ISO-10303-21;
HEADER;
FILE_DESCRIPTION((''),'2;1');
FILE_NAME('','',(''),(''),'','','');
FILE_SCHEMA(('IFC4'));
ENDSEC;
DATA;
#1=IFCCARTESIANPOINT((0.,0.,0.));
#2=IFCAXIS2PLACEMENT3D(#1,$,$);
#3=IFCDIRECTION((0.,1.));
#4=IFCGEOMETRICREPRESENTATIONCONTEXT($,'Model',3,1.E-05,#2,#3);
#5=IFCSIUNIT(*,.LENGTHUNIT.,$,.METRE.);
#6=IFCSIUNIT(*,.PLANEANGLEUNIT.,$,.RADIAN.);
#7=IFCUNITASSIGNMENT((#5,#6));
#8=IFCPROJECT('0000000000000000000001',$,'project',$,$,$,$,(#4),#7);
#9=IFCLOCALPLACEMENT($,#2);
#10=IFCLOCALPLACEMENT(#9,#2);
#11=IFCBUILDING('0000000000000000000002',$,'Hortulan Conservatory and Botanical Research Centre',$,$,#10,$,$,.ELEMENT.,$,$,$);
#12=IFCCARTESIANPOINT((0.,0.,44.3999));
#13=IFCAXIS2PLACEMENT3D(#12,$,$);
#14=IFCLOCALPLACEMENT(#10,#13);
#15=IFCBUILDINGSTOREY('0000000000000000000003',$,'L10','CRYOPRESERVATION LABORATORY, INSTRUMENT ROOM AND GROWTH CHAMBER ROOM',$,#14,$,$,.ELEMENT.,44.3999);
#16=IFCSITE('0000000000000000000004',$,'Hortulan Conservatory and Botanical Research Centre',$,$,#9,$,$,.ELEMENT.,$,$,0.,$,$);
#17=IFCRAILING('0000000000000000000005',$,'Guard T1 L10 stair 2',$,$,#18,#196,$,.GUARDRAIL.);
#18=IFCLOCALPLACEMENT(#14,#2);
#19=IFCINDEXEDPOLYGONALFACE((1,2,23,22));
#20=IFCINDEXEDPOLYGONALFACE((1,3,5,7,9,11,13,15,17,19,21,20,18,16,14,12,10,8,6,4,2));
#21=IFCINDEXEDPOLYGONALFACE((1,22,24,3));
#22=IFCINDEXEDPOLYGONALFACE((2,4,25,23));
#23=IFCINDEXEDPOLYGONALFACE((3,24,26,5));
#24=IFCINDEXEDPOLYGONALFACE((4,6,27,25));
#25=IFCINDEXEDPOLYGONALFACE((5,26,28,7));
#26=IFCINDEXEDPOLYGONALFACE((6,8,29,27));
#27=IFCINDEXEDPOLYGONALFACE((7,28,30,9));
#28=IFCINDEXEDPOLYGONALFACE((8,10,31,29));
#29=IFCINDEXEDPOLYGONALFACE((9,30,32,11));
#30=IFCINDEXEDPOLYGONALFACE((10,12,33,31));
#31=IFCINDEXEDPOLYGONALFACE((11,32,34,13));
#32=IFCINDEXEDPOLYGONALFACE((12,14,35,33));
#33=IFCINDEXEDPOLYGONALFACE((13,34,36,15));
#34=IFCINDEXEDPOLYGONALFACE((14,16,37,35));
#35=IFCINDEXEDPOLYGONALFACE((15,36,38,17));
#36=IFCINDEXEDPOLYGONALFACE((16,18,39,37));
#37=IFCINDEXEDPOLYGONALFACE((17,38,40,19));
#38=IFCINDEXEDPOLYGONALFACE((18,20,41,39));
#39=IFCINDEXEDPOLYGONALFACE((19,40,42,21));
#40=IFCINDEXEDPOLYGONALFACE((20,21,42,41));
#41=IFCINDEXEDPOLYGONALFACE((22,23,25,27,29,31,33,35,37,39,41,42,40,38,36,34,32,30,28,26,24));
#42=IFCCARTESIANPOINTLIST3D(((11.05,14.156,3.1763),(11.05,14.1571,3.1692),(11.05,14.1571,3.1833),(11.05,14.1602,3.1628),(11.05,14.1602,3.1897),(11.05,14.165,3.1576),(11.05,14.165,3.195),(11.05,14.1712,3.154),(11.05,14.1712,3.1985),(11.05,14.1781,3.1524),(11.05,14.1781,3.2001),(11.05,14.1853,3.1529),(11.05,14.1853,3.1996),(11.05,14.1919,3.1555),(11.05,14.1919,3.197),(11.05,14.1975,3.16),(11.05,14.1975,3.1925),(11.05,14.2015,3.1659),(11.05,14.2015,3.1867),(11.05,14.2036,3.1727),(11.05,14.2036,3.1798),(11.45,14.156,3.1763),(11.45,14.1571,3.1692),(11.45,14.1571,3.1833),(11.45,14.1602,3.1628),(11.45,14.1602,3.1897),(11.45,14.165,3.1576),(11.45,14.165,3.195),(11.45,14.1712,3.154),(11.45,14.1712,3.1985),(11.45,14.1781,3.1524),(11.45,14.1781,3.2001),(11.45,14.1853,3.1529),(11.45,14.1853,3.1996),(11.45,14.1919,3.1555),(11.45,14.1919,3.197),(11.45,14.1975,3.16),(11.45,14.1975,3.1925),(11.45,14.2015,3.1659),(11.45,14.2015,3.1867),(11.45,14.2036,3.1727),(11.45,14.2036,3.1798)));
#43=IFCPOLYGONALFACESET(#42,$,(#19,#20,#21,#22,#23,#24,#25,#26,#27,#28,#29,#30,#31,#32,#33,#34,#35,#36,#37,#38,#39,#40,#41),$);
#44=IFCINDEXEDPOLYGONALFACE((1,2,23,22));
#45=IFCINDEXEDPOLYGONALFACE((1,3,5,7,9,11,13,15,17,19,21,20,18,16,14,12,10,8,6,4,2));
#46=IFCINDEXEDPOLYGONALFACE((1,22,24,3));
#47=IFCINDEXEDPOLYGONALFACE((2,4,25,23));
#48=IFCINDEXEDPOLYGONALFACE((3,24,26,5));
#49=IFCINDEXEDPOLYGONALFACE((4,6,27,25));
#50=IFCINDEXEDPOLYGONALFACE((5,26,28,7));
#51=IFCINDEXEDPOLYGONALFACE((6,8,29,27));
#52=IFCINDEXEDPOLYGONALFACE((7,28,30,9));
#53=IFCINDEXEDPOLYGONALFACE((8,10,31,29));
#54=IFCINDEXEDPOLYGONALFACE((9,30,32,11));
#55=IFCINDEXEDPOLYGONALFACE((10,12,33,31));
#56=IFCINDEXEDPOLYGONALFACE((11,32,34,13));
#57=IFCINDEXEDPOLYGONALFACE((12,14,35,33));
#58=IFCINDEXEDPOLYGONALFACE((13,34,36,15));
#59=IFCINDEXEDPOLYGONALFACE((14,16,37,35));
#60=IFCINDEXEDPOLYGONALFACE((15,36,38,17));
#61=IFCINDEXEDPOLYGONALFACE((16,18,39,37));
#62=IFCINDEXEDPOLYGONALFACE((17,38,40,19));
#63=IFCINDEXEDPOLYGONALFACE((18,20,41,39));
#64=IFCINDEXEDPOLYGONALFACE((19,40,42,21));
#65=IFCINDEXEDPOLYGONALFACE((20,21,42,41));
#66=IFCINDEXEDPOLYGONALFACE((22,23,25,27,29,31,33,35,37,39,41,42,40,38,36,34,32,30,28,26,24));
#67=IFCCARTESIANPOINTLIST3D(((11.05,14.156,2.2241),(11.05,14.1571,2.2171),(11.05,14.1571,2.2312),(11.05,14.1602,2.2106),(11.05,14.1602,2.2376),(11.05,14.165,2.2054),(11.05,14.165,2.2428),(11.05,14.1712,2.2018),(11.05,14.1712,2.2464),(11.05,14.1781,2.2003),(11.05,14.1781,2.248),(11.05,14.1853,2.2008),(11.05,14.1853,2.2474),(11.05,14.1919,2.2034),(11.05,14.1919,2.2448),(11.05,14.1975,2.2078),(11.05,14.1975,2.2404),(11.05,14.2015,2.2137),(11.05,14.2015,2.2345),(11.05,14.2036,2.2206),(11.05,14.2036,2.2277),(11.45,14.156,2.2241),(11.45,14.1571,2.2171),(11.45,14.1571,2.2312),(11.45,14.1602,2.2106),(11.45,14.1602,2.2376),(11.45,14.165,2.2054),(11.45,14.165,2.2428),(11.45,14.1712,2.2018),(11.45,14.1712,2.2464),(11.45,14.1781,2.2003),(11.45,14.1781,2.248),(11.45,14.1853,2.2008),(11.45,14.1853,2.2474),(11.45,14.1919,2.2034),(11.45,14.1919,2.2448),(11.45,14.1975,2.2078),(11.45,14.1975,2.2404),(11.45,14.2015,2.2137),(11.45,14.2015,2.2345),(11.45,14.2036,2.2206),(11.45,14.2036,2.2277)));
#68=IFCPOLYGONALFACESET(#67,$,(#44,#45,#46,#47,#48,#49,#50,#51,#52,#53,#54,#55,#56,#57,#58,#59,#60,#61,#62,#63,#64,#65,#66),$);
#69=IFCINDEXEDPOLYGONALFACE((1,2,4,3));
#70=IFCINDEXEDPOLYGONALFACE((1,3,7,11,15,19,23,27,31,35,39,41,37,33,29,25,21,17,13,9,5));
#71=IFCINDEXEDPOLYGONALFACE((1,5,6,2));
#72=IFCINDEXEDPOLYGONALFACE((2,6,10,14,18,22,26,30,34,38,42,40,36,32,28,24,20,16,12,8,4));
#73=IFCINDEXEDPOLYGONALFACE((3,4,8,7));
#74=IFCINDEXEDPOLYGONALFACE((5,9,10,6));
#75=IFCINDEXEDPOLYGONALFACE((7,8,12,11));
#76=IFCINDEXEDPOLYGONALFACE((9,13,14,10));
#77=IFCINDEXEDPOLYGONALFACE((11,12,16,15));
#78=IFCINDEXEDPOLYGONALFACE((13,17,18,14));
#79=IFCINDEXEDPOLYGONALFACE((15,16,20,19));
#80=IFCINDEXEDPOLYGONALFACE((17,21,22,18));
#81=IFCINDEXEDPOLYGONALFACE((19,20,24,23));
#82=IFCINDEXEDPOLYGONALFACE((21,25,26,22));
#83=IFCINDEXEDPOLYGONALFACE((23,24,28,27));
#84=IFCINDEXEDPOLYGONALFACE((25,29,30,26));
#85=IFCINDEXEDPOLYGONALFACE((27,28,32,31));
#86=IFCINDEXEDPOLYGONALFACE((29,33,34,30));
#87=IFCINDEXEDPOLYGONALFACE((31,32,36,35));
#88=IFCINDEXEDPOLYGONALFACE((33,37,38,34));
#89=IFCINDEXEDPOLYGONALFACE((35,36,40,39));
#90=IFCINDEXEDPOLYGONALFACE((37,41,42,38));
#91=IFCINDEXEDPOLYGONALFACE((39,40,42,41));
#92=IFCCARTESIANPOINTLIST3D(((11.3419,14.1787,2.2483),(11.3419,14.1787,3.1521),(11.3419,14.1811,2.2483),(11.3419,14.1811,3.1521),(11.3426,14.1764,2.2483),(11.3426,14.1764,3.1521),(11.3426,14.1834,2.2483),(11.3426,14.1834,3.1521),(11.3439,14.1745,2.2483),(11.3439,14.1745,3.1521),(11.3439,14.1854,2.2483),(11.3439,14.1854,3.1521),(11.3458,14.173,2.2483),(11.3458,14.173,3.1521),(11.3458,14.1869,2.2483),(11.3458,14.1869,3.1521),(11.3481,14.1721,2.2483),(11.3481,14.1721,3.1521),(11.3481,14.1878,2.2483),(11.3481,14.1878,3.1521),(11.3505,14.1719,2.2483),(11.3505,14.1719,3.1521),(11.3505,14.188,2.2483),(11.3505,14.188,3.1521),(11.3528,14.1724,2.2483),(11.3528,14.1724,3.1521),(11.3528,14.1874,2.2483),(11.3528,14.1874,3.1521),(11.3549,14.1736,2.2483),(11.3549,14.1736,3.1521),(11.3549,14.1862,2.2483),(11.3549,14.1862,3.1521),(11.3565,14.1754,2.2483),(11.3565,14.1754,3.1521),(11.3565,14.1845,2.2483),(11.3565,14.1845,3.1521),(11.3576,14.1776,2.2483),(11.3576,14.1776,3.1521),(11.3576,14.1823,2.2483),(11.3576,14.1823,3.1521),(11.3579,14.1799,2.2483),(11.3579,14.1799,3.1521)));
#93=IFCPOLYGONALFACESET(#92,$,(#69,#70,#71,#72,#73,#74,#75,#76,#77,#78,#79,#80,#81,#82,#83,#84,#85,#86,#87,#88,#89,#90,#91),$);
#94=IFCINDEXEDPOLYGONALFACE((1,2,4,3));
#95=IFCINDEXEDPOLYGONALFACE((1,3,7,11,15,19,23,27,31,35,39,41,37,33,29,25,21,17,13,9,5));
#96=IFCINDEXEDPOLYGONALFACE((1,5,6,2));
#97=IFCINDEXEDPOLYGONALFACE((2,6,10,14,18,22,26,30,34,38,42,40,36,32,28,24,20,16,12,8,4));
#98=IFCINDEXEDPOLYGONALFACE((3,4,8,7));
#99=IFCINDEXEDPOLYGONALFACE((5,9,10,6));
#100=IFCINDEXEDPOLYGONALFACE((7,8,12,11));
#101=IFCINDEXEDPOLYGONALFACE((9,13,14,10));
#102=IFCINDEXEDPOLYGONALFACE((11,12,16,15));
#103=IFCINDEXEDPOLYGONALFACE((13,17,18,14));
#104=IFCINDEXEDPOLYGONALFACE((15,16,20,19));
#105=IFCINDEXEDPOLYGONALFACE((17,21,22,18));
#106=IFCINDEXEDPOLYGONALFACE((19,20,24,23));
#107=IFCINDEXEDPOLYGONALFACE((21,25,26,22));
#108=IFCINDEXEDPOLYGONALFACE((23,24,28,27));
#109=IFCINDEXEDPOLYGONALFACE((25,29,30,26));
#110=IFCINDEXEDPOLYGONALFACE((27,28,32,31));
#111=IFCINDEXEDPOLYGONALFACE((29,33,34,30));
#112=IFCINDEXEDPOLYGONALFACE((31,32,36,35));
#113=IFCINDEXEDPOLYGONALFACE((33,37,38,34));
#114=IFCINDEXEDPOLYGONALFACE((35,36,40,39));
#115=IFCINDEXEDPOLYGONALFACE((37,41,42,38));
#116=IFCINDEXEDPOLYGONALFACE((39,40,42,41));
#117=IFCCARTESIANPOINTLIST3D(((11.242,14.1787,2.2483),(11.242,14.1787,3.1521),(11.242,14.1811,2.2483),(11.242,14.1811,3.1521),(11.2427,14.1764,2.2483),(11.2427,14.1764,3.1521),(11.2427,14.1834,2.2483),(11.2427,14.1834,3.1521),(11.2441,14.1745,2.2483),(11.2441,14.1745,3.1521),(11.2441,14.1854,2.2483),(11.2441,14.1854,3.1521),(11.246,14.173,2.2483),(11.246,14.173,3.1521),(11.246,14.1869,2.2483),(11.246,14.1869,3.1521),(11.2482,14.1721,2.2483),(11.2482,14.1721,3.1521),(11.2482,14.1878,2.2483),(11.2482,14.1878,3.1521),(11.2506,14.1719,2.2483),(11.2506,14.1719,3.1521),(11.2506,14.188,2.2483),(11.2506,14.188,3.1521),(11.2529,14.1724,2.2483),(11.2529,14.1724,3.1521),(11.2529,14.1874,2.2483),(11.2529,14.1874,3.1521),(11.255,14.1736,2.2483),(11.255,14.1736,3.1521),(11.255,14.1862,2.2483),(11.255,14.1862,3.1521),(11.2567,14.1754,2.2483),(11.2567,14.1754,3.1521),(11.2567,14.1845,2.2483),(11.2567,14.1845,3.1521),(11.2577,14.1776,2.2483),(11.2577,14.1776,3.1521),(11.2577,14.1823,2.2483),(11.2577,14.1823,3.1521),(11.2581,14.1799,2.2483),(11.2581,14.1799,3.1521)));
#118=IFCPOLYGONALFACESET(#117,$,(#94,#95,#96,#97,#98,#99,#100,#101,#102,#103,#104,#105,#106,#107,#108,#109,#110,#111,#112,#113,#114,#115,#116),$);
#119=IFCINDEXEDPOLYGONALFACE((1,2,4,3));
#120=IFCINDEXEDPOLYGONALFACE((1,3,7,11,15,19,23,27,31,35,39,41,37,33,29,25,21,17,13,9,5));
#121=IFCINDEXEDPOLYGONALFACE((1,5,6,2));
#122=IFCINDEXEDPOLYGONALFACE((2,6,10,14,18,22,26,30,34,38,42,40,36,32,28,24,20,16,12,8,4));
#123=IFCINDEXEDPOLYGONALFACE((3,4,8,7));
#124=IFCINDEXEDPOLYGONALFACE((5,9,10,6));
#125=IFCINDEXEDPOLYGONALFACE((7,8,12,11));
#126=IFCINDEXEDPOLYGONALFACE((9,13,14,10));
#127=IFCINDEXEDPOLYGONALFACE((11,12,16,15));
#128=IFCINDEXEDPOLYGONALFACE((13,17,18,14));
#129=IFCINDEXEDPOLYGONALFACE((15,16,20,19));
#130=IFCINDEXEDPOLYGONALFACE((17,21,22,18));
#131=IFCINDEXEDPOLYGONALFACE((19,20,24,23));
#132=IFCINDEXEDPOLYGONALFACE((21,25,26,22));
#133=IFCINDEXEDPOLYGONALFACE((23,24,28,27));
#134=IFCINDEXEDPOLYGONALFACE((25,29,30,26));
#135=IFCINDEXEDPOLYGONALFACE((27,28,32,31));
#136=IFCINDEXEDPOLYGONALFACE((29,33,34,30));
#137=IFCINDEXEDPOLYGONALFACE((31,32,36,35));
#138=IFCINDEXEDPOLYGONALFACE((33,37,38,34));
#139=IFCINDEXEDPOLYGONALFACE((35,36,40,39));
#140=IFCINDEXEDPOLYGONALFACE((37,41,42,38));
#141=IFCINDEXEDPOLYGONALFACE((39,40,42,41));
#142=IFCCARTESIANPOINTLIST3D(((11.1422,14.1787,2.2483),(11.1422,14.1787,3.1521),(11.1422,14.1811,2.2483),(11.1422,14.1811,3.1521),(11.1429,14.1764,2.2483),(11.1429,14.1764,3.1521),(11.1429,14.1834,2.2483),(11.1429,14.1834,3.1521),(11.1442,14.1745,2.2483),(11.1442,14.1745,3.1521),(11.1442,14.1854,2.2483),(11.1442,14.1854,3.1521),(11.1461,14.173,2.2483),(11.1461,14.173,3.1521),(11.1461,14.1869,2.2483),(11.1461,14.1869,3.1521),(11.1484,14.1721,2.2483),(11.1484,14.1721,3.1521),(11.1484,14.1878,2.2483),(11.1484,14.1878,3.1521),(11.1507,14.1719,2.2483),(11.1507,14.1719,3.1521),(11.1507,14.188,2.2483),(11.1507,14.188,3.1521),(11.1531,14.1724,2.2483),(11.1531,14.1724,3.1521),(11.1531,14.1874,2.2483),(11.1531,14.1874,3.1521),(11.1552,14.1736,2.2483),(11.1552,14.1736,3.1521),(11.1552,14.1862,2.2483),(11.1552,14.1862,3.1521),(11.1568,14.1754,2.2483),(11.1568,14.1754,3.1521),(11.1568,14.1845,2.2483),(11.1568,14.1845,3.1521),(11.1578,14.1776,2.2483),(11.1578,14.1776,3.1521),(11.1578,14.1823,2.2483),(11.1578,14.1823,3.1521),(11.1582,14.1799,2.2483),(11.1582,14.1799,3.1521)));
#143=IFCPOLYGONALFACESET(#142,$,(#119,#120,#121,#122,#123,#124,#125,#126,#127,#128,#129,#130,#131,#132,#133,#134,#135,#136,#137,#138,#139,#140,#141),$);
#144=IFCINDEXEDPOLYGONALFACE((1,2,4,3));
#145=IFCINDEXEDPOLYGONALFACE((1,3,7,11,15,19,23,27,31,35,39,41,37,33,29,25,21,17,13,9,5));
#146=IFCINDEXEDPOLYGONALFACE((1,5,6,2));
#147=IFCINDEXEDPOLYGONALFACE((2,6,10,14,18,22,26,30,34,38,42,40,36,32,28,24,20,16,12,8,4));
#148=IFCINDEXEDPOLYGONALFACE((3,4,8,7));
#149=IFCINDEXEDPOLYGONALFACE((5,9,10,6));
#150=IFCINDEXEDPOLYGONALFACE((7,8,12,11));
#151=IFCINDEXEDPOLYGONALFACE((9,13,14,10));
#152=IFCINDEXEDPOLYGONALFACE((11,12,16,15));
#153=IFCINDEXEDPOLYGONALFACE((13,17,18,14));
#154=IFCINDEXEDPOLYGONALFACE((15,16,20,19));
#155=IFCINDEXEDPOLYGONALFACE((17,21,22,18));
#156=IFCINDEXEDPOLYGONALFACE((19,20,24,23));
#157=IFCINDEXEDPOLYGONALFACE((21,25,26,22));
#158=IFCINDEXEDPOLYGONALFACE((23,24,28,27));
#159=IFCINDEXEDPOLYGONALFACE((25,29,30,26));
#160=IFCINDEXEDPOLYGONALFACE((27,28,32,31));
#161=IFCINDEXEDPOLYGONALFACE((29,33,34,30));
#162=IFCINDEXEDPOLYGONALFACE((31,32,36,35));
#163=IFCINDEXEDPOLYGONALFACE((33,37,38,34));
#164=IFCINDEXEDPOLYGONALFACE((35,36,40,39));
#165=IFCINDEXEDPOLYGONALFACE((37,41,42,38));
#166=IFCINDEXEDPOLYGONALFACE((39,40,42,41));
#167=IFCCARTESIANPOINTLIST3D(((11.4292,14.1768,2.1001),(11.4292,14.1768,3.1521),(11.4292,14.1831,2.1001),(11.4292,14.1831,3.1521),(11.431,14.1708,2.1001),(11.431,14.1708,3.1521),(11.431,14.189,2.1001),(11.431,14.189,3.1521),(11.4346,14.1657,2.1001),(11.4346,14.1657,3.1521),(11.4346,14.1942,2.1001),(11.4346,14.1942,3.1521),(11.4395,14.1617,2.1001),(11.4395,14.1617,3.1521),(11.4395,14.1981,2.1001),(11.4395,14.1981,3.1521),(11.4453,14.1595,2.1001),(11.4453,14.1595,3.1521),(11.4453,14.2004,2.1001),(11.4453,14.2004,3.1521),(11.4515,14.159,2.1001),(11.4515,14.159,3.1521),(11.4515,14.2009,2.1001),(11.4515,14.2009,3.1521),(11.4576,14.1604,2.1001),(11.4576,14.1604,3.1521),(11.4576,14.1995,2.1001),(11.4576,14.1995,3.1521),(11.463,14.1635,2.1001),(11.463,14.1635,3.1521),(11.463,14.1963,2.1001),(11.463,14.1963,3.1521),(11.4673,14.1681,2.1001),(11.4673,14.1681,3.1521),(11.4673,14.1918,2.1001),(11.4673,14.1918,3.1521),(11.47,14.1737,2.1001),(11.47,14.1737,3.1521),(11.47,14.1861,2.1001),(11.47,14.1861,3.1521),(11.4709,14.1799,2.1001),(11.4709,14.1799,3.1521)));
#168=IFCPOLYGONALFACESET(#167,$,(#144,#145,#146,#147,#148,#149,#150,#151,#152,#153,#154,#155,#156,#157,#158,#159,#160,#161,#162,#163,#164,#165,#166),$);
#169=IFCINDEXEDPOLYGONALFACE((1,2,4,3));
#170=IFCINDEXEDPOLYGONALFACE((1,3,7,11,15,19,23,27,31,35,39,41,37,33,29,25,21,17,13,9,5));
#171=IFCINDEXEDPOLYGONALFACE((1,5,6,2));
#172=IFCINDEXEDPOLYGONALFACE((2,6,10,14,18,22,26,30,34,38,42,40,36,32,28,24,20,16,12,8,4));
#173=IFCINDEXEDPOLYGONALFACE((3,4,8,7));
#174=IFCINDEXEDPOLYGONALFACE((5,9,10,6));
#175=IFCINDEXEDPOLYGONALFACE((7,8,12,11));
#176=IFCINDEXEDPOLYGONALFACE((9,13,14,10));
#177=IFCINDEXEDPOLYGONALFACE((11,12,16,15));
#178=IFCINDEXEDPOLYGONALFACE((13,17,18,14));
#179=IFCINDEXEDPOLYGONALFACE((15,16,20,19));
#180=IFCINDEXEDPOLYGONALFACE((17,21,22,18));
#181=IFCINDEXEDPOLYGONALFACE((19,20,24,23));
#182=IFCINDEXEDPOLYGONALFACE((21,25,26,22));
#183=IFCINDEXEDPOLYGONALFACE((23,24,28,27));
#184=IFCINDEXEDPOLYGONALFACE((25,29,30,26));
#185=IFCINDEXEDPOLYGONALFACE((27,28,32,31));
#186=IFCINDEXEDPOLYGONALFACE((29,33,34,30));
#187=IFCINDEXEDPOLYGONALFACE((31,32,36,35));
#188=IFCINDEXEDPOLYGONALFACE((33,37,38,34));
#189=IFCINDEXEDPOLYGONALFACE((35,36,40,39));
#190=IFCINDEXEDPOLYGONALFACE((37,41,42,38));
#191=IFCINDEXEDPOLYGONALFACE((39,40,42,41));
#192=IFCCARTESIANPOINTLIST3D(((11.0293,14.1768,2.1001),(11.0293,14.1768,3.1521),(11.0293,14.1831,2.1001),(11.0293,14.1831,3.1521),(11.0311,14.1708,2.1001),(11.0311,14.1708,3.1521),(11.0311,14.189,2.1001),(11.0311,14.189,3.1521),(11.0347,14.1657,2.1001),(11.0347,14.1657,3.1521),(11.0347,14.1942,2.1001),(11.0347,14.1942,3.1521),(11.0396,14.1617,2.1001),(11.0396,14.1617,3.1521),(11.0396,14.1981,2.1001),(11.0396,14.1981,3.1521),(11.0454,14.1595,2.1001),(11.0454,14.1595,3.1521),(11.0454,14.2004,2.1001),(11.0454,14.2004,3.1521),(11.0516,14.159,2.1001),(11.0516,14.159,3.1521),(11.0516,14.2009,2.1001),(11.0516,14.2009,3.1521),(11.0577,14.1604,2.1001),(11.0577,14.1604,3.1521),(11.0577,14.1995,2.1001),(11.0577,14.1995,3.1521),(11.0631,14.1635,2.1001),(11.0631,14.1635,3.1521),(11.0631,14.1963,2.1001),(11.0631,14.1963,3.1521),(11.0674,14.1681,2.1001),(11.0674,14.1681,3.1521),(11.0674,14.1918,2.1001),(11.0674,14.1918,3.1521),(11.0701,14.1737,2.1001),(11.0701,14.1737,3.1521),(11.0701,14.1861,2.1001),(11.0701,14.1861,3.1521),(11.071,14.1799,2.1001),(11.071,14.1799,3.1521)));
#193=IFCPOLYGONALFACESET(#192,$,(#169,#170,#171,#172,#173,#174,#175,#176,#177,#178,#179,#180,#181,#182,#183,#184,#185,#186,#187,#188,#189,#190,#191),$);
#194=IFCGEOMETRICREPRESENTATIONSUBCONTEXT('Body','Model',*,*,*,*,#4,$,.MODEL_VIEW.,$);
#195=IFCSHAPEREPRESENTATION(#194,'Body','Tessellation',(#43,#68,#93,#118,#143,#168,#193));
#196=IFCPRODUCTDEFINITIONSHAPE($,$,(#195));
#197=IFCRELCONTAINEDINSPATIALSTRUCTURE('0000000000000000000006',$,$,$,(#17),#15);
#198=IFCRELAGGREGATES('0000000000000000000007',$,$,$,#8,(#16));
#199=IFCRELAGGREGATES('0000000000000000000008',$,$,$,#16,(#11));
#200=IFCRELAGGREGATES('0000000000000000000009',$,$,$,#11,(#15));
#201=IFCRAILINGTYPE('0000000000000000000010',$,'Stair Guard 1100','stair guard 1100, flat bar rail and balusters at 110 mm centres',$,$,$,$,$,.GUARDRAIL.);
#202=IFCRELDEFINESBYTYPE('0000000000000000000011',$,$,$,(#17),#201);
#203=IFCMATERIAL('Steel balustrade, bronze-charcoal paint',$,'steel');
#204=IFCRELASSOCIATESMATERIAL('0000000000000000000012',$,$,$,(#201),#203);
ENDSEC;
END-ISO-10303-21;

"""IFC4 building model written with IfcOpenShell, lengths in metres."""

from ifc_helpers import new_model, si_unit, direction, frame, origin, origin_2d, place, context, subcontext, project, spatial, circle, extrude, material, type_object, element, save


model = new_model("IFC4")

# Units and contexts
model_context = context("Model", 3, precision=1e-05, world=origin(), true_north=direction((0.0, 1.0)))
body_context = subcontext(model_context, "Body", "Model", "MODEL_VIEW")
ifc_project = project(units=[si_unit("LENGTHUNIT", "METRE"), si_unit("PLANEANGLEUNIT", "RADIAN")], contexts=[model_context])

# Site, building, storey
site_placement = place(None, origin())
site = spatial("IfcSite", under=ifc_project, at=site_placement, Name="Hortulan Conservatory and Botanical Research Centre", CompositionType="ELEMENT", RefElevation=0.0)
building_placement = place(site_placement, origin())
building = spatial("IfcBuilding", under=site, at=building_placement, Name="Hortulan Conservatory and Botanical Research Centre", CompositionType="ELEMENT")
storey_placement = place(building_placement, frame((0.0, 0.0, 44.3999)))
storey = spatial("IfcBuildingStorey", under=building, at=storey_placement, Name="L10", Description="CRYOPRESERVATION LABORATORY, INSTRUMENT ROOM AND GROWTH CHAMBER ROOM", CompositionType="ELEMENT", Elevation=44.3999)

# Railing
ifc_material_1 = material(Name="Steel balustrade, bronze-charcoal paint", Category="steel")
railing_type_1 = type_object("IfcRailingType", Name="Stair Guard 1100", Description="stair guard 1100, flat bar rail and balusters at 110 mm centres", PredefinedType="GUARDRAIL", material=ifc_material_1)
railing_1_placement = place(storey_placement, frame((11.45, 14.1799, 2.1001)))
element("IfcRailing", 1, at=railing_1_placement, inside=storey, type_object=railing_type_1, Name="Guard T1 L10 stair 2", PredefinedType="GUARDRAIL", context=body_context, shape_type="SweptSolid", body=[
    extrude(circle(Radius=0.0239, at=origin_2d()), frame((0.0, 0.0, 1.0762), z_axis=(-1.0, 0.0, 0.0), x_axis=(0.0, -1.0, 0.0)), (0.0, 0.0, 1.0), 0.3999),
    extrude(circle(Radius=0.0239, at=origin_2d()), frame((0.0, 0.0, 0.124), z_axis=(-1.0, 0.0, 0.0), x_axis=(0.0, -1.0, 0.0)), (0.0, 0.0, 1.0), 0.3999),
    extrude(circle(Radius=0.0081, at=origin_2d()), frame((-0.1001, 0.0, 0.1482)), (0.0, 0.0, 1.0), 0.9038),
    extrude(circle(Radius=0.0081, at=origin_2d()), frame((-0.2, 0.0, 0.1482)), (0.0, 0.0, 1.0), 0.9038),
    extrude(circle(Radius=0.0081, at=origin_2d()), frame((-0.2998, 0.0, 0.1482)), (0.0, 0.0, 1.0), 0.9038),
    extrude(circle(Radius=0.021, at=origin_2d()), origin(), (0.0, 0.0, 1.0), 1.052),
    extrude(circle(Radius=0.021, at=origin_2d()), frame((-0.3999, 0.0, 0.0)), (0.0, 0.0, 1.0), 1.052),
])

save(model, "model.ifc")
